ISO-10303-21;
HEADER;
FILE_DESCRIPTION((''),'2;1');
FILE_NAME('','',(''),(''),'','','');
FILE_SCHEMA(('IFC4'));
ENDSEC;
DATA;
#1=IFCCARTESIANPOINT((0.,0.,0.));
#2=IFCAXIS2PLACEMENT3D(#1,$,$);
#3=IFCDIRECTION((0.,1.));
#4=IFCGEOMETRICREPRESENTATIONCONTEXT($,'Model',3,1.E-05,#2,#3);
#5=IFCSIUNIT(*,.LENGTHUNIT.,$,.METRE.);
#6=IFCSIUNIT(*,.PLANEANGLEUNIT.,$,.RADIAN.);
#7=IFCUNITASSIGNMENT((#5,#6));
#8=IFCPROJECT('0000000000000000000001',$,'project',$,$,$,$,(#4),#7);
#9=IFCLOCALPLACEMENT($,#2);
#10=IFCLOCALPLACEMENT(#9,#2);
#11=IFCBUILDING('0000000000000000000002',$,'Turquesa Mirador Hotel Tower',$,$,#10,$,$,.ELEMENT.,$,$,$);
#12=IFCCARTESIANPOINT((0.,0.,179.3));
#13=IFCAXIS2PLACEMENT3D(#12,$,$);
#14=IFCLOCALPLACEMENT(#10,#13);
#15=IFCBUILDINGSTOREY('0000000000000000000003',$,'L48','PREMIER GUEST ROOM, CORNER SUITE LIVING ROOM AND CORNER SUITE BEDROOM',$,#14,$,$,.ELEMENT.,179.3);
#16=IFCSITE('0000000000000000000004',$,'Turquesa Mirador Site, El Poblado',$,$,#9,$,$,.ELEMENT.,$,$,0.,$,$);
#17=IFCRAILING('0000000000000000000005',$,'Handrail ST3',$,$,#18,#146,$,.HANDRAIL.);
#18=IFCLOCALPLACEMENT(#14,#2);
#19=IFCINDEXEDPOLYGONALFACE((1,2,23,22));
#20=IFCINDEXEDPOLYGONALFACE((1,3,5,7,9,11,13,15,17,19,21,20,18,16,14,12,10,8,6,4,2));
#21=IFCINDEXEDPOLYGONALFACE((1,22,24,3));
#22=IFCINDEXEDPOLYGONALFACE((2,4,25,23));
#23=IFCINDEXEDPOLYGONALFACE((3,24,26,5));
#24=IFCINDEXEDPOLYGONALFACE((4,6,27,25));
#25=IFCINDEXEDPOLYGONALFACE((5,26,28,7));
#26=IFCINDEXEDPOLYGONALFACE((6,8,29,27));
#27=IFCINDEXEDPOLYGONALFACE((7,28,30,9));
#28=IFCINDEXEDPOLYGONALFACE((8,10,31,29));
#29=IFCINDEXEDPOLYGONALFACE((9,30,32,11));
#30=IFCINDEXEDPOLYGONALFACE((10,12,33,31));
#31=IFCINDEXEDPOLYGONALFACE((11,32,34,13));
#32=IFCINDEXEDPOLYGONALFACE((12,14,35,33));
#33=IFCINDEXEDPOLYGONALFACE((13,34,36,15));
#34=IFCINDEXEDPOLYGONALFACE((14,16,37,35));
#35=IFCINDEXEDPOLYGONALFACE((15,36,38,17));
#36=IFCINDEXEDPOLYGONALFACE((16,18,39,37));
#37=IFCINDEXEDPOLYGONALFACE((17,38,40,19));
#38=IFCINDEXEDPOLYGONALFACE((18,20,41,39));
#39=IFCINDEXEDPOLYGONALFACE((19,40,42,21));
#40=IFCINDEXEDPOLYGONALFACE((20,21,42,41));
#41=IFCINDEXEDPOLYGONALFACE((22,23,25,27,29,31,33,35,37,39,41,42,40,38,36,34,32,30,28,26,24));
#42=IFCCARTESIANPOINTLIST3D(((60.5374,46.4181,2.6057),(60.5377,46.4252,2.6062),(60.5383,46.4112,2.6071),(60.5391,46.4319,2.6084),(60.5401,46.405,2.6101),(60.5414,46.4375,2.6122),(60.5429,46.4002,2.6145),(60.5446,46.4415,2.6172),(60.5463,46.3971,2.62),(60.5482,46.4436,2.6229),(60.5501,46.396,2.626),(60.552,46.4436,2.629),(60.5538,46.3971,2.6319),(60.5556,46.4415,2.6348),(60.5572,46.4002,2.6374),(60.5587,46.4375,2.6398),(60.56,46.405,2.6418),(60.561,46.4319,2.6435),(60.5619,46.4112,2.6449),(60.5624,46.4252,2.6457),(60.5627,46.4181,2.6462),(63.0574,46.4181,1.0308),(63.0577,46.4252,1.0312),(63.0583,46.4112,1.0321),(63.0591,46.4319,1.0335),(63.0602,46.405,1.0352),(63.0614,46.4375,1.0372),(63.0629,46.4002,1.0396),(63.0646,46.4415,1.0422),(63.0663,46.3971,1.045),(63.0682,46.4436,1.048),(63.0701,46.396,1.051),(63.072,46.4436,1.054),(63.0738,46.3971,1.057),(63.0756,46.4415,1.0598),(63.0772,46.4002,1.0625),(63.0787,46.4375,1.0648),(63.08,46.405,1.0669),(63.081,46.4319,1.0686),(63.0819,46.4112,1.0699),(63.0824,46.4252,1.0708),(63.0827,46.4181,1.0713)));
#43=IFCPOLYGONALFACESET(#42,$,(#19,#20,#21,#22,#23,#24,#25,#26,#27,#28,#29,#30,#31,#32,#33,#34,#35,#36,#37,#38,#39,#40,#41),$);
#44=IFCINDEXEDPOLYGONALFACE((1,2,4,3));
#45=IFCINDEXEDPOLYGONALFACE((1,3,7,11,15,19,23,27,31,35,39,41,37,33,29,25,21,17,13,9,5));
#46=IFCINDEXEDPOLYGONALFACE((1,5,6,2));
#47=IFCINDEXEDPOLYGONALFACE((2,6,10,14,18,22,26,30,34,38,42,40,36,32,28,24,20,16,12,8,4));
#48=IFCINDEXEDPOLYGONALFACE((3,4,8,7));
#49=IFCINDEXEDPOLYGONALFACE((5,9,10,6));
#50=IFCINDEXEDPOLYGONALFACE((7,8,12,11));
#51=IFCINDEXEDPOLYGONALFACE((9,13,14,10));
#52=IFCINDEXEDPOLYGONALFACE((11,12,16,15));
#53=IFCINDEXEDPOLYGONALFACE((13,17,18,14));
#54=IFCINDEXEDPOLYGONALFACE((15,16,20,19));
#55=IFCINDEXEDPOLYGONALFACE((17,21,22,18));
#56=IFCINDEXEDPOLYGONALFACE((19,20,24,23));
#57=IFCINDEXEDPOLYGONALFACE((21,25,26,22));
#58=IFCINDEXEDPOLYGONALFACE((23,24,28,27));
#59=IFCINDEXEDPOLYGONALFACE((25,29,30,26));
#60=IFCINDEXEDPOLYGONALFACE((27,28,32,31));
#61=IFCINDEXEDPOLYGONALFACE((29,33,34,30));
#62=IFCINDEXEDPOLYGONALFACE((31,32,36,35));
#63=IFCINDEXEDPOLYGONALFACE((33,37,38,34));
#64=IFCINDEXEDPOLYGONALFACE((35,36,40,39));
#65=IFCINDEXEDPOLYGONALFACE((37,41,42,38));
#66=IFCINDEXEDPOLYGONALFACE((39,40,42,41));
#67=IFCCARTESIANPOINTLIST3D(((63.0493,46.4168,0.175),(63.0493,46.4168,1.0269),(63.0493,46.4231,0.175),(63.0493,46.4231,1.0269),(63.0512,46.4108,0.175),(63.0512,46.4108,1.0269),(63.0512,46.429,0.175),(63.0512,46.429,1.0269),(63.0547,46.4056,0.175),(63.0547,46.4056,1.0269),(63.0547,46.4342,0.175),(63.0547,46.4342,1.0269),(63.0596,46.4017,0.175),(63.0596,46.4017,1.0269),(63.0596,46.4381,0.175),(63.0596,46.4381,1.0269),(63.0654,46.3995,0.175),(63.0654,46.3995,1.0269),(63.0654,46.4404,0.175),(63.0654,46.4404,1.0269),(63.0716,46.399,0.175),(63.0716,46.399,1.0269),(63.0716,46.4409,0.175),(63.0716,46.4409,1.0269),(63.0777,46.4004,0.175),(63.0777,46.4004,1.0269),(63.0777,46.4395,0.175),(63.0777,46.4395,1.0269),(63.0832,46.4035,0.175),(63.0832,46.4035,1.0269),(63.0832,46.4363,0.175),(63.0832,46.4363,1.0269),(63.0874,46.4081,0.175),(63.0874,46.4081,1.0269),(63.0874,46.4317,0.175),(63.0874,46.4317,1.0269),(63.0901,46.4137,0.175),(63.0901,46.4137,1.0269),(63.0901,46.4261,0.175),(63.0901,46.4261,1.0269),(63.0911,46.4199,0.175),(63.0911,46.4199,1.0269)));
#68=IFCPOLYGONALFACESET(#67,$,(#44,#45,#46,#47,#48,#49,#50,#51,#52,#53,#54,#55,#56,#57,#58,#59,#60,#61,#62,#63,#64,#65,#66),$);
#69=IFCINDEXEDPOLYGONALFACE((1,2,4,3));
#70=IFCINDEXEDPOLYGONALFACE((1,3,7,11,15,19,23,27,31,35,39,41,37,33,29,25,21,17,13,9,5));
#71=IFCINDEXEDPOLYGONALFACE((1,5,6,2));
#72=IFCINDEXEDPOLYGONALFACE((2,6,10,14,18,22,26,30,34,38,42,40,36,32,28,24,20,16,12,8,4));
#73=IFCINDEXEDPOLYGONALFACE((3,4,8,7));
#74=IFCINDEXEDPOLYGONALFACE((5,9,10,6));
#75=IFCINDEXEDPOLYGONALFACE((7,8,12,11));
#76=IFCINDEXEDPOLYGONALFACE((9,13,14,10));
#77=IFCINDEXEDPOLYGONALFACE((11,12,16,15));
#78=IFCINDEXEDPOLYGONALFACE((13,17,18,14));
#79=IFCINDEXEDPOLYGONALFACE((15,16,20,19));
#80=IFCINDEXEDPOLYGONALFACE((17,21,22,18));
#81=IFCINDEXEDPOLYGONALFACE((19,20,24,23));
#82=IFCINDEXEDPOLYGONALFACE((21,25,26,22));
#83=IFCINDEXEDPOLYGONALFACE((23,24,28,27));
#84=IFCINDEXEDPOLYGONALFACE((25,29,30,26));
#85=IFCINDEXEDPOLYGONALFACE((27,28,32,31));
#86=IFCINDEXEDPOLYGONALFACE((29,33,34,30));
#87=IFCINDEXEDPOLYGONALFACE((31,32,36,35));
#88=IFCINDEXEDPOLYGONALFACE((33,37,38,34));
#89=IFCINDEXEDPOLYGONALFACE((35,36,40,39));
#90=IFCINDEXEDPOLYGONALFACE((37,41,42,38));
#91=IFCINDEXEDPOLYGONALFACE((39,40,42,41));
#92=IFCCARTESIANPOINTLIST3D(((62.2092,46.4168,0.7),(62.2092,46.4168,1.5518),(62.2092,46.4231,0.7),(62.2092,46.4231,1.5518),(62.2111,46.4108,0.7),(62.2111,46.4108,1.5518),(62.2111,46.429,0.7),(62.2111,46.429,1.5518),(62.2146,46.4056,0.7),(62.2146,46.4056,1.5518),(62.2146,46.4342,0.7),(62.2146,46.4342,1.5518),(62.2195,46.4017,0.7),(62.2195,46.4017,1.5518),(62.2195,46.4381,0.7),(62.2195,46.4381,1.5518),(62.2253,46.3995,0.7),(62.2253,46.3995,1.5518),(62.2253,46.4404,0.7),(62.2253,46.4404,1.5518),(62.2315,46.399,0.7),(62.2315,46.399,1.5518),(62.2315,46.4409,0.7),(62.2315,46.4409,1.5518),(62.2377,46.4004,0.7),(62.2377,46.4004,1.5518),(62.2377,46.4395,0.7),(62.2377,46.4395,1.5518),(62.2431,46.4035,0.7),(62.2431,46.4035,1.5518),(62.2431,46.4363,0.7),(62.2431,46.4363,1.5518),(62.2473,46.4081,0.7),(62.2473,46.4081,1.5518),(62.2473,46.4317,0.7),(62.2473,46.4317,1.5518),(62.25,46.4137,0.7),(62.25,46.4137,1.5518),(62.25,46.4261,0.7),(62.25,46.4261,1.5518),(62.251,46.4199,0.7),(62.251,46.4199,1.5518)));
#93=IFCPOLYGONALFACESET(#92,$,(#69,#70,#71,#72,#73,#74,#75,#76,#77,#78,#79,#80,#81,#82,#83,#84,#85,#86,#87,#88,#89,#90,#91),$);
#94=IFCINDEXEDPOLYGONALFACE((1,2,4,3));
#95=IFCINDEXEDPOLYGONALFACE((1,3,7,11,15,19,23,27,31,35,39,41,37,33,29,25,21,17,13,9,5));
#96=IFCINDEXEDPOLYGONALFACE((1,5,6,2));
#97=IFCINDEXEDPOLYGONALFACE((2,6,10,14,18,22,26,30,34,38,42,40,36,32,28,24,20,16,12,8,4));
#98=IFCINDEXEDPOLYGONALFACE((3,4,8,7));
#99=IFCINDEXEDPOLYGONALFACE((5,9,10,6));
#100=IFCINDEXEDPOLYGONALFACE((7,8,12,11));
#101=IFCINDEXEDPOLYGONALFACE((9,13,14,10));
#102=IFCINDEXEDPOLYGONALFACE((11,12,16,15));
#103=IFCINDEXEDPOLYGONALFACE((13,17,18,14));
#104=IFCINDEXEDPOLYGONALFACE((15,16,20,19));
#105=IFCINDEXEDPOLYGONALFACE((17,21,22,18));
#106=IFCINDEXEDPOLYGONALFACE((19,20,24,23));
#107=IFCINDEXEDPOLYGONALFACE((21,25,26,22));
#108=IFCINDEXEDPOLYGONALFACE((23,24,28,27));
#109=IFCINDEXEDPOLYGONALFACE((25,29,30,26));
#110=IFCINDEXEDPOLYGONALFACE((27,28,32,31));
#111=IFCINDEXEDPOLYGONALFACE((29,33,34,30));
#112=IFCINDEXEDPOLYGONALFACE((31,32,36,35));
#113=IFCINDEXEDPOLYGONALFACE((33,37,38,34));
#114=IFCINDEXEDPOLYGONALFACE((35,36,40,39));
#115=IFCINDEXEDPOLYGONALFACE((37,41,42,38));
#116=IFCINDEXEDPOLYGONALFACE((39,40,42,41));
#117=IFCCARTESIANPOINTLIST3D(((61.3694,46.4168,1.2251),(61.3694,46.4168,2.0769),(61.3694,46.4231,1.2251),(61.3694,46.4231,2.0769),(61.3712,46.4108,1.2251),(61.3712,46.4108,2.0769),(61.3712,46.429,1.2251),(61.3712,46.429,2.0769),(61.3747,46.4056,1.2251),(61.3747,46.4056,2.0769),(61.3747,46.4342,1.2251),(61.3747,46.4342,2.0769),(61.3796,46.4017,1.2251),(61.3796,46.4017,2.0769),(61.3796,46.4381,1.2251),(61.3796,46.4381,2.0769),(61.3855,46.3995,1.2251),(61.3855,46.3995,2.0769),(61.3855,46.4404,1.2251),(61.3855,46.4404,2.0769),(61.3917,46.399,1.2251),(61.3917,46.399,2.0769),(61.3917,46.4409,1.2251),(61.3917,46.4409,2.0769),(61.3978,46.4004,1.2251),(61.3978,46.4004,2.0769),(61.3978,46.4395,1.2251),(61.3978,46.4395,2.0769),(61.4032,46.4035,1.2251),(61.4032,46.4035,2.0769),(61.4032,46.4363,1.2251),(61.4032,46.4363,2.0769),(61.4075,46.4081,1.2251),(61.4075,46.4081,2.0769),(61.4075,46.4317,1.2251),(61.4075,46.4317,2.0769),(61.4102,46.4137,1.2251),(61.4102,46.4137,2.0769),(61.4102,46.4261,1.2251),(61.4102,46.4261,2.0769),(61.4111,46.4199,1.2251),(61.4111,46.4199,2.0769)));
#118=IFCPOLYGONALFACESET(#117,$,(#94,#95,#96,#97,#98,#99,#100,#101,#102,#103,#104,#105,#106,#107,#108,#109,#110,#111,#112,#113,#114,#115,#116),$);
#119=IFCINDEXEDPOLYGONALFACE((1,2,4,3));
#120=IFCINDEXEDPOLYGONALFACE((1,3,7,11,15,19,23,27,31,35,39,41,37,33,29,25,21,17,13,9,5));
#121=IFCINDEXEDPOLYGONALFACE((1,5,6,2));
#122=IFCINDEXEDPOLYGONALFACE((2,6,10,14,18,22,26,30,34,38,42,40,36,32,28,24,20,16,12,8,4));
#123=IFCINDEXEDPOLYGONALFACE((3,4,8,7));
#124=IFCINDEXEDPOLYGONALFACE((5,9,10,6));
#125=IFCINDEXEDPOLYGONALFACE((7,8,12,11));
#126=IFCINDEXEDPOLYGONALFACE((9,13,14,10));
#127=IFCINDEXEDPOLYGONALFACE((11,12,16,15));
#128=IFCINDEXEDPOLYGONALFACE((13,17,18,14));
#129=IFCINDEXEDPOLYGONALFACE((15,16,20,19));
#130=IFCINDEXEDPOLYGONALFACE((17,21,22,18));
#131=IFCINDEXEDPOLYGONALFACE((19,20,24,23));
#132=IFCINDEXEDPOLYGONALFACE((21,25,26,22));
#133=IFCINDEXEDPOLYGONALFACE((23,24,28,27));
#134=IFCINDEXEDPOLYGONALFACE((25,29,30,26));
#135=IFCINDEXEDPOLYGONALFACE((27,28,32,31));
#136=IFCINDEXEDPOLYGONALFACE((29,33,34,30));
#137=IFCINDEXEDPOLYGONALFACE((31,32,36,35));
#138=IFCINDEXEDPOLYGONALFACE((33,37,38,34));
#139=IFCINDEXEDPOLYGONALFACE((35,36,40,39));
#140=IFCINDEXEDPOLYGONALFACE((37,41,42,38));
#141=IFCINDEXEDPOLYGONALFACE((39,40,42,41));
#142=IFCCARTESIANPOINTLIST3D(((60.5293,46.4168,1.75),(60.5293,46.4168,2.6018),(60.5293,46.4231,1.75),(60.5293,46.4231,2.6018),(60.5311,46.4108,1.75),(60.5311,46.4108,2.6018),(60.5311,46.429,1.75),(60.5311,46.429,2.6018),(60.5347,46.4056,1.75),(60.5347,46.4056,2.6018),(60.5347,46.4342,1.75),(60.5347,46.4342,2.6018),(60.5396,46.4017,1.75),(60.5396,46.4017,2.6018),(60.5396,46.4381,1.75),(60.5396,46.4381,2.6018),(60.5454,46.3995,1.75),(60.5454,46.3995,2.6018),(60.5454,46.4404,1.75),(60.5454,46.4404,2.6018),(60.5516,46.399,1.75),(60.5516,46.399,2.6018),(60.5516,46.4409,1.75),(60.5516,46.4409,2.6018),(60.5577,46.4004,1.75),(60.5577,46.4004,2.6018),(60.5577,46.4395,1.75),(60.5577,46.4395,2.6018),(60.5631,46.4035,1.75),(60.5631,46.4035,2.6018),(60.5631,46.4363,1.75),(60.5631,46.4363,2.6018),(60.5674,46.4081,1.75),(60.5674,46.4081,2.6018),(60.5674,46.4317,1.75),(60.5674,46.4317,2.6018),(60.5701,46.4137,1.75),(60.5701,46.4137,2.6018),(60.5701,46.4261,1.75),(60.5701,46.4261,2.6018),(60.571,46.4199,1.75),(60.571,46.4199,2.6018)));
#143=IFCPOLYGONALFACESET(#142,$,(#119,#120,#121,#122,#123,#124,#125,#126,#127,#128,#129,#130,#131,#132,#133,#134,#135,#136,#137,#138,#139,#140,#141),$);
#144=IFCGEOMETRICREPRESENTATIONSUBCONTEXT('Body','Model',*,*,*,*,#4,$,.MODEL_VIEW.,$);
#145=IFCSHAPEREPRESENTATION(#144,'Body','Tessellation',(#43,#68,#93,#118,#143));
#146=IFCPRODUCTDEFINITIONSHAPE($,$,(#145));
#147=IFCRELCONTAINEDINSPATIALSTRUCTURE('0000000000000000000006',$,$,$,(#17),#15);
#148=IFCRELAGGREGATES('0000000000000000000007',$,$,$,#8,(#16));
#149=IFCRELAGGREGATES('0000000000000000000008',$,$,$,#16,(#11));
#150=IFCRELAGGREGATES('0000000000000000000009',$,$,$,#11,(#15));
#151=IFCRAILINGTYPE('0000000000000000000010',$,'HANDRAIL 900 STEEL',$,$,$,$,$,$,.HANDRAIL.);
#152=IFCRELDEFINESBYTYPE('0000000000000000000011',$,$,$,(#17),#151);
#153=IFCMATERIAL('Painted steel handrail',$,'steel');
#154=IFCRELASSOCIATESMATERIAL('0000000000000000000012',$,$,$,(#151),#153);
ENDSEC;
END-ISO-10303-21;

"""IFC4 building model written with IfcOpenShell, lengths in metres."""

from ifc_helpers import new_model, si_unit, direction, frame, origin, origin_2d, place, context, subcontext, project, spatial, circle, extrude, material, type_object, element, save


model = new_model("IFC4")

# Units and contexts
model_context = context("Model", 3, precision=1e-05, world=origin(), true_north=direction((0.0, 1.0)))
body_context = subcontext(model_context, "Body", "Model", "MODEL_VIEW")
ifc_project = project(units=[si_unit("LENGTHUNIT", "METRE"), si_unit("PLANEANGLEUNIT", "RADIAN")], contexts=[model_context])

# Site, building, storey
site_placement = place(None, origin())
site = spatial("IfcSite", under=ifc_project, at=site_placement, Name="Turquesa Mirador Site, El Poblado", CompositionType="ELEMENT", RefElevation=0.0)
building_placement = place(site_placement, origin())
building = spatial("IfcBuilding", under=site, at=building_placement, Name="Turquesa Mirador Hotel Tower", CompositionType="ELEMENT")
storey_placement = place(building_placement, frame((0.0, 0.0, 179.3)))
storey = spatial("IfcBuildingStorey", under=building, at=storey_placement, Name="L48", Description="PREMIER GUEST ROOM, CORNER SUITE LIVING ROOM AND CORNER SUITE BEDROOM", CompositionType="ELEMENT", Elevation=179.3)

# Railing
ifc_material_1 = material(Name="Painted steel handrail", Category="steel")
railing_type = type_object("IfcRailingType", Name="HANDRAIL 900 STEEL", PredefinedType="HANDRAIL", material=ifc_material_1)
railing_1_placement = place(storey_placement, frame((63.0701, 46.4199, 0.175)))
element("IfcRailing", 1, at=railing_1_placement, inside=storey, type_object=railing_type, Name="Handrail ST3", PredefinedType="HANDRAIL", context=body_context, shape_type="SweptSolid", body=[
    extrude(circle(Radius=0.0239, at=origin_2d()), frame((0.0, 0.0, 0.876), z_axis=(-0.848008, 0.0, 0.529984), x_axis=(0.0, -1.0, 0.0)), (0.0, 0.0, 1.0), 2.9717),
    extrude(circle(Radius=0.021, at=origin_2d()), origin(), (0.0, 0.0, 1.0), 0.8518),
    extrude(circle(Radius=0.021, at=origin_2d()), frame((-0.8401, 0.0, 0.5249)), (0.0, 0.0, 1.0), 0.8518),
    extrude(circle(Radius=0.021, at=origin_2d()), frame((-1.6799, 0.0, 1.05)), (0.0, 0.0, 1.0), 0.8518),
    extrude(circle(Radius=0.021, at=origin_2d()), frame((-2.52, 0.0, 1.575)), (0.0, 0.0, 1.0), 0.8518),
])

save(model, "model.ifc")
